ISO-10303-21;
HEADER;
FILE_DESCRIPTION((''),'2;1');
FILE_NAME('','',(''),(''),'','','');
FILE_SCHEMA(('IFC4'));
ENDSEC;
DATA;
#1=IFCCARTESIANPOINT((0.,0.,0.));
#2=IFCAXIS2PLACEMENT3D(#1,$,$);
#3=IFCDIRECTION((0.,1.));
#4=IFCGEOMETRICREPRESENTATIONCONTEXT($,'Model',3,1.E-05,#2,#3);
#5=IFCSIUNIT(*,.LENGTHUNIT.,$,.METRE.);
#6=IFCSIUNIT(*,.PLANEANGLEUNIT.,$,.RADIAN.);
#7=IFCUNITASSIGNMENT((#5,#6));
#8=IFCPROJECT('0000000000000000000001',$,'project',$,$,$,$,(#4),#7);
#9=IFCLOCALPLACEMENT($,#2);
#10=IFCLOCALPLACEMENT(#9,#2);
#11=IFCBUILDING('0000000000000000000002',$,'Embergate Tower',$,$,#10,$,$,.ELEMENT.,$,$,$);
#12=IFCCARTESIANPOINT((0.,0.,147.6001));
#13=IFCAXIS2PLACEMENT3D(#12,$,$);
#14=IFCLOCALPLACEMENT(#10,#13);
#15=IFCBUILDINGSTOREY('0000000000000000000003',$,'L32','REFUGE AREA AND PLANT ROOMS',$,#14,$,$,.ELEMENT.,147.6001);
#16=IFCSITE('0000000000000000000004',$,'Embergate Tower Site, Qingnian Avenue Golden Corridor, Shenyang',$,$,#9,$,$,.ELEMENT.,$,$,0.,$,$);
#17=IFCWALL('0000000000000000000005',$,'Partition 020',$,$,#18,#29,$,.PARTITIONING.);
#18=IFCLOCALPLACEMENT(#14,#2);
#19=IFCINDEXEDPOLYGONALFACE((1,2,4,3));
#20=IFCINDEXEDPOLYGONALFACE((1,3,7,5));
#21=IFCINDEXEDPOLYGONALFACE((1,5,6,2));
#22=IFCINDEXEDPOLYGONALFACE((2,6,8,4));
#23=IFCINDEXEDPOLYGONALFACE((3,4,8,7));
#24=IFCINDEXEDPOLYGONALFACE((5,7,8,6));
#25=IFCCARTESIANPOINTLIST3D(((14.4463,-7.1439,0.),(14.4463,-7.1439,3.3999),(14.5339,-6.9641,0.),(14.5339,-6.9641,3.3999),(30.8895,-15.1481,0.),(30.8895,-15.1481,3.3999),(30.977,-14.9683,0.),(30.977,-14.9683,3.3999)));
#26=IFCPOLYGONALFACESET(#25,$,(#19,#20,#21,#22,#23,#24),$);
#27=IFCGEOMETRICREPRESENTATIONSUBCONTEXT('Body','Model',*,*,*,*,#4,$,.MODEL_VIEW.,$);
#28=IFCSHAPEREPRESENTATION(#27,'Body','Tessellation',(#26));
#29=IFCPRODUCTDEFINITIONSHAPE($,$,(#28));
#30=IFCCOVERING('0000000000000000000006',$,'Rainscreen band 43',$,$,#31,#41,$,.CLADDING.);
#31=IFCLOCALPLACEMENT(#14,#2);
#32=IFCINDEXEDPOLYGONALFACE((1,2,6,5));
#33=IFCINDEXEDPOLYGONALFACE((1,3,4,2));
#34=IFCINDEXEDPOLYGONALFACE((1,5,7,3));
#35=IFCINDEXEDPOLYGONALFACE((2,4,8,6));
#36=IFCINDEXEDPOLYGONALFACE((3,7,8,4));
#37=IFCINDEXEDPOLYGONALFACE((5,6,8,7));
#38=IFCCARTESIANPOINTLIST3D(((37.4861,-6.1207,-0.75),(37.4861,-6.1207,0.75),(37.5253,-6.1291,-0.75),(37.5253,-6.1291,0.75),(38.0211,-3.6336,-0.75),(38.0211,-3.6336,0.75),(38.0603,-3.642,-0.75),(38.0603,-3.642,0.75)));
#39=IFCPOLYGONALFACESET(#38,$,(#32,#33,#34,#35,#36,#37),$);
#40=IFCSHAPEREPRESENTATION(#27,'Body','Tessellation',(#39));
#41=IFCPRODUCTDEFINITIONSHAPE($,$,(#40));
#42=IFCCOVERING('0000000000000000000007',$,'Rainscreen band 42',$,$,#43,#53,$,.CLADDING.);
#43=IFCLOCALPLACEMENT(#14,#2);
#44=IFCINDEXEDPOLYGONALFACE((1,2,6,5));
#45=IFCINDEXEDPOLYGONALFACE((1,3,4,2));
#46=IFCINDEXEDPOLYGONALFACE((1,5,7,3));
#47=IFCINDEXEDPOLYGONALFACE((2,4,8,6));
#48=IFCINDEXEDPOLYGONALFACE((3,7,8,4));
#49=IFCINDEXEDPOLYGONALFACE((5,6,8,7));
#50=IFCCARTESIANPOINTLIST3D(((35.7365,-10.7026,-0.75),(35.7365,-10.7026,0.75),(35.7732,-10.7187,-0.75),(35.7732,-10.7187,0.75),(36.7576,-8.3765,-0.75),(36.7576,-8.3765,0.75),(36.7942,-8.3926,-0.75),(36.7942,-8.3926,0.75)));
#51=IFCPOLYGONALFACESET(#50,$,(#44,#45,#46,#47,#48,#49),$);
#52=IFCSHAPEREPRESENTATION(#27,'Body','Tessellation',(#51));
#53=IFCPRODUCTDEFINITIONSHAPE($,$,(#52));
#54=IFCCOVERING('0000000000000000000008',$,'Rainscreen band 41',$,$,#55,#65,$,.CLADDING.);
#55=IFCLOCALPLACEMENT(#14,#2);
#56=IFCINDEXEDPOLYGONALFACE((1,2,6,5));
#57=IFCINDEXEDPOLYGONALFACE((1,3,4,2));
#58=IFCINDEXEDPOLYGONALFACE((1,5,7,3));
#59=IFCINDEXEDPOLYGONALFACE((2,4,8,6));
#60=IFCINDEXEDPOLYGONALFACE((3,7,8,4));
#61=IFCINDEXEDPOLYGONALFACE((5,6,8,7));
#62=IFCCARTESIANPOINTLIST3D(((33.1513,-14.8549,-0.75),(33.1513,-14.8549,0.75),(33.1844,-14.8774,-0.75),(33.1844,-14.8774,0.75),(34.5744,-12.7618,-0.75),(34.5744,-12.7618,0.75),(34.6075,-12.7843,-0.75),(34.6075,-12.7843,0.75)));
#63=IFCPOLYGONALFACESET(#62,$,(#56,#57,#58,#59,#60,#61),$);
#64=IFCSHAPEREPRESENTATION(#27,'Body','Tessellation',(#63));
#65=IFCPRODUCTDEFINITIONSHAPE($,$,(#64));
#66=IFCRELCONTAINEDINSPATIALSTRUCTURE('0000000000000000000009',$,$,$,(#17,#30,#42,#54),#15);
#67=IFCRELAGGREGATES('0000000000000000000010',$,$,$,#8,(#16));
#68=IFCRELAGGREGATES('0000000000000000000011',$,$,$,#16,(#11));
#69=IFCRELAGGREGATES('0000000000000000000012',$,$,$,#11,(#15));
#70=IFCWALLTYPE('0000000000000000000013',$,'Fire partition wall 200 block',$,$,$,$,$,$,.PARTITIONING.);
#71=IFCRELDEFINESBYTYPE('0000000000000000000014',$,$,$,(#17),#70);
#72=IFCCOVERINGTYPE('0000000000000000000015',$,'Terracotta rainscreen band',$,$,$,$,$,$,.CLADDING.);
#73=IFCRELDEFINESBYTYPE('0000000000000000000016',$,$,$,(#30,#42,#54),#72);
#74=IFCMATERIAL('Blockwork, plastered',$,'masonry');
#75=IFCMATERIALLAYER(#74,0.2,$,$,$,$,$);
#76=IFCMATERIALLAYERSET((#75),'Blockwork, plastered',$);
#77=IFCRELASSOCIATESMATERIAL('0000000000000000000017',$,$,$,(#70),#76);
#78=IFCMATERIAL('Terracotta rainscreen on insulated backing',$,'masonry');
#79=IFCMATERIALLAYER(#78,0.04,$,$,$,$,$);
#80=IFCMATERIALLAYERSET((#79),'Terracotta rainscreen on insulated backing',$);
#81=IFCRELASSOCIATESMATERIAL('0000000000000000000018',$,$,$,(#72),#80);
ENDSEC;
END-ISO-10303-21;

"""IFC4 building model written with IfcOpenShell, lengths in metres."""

from ifc_helpers import new_model, si_unit, direction, frame, frame_2d, origin, origin_2d, place, context, subcontext, project, spatial, rectangle, extrude, source, transform, mapped, material, layer, layer_set, type_object, element, save


model = new_model("IFC4")

# Units and contexts
model_context = context("Model", 3, precision=1e-05, world=origin(), true_north=direction((0.0, 1.0)))
body_context = subcontext(model_context, "Body", "Model", "MODEL_VIEW")
ifc_project = project(units=[si_unit("LENGTHUNIT", "METRE"), si_unit("PLANEANGLEUNIT", "RADIAN")], contexts=[model_context])

# Site, building, storey
site_placement = place(None, origin())
site = spatial("IfcSite", under=ifc_project, at=site_placement, Name="Embergate Tower Site, Qingnian Avenue Golden Corridor, Shenyang", CompositionType="ELEMENT", RefElevation=0.0)
building_placement = place(site_placement, origin())
building = spatial("IfcBuilding", under=site, at=building_placement, Name="Embergate Tower", CompositionType="ELEMENT")
storey_placement = place(building_placement, frame((0.0, 0.0, 147.6001)))
storey = spatial("IfcBuildingStorey", under=building, at=storey_placement, Name="L32", Description="REFUGE AREA AND PLANT ROOMS", CompositionType="ELEMENT", Elevation=147.6001)

# Shared definitions
ifc_material_1 = material(Name="Blockwork, plastered", Category="masonry")
ifc_layer_1 = layer(ifc_material_1, 0.2)
ifc_layer_set_1 = layer_set([ifc_layer_1], Name="Blockwork, plastered")
wall_type_1 = type_object("IfcWallType", Name="Fire partition wall 200 block", PredefinedType="PARTITIONING", material=ifc_layer_set_1)

# Wall
shared_shape_1 = source(origin(), body_context, "Body", "SweptSolid", [
    extrude(rectangle(XDim=18.2878, YDim=0.2, at=frame_2d((9.144, 0.0))), origin(), (0.0, 0.0, 1.0), 3.3999),
])
wall_1_placement = place(storey_placement, frame((14.49, -7.054, 0.0), z_axis=(0.0, 0.0, 1.0), x_axis=(0.899132, -0.437678, 0.0)))
element("IfcWall", 1, at=wall_1_placement, inside=storey, type_object=wall_type_1, Name="Partition 020", PredefinedType="PARTITIONING", context=body_context, shape_type="MappedRepresentation", body=[
    mapped(shared_shape_1, transform((0.0, 0.0, 0.0))),
])

# Coverings
ifc_material_2 = material(Name="Terracotta rainscreen on insulated backing", Category="masonry")
ifc_layer_2 = layer(ifc_material_2, 0.04)
ifc_layer_set_2 = layer_set([ifc_layer_2], Name="Terracotta rainscreen on insulated backing")
covering_type = type_object("IfcCoveringType", Name="Terracotta rainscreen band", PredefinedType="CLADDING", material=ifc_layer_set_2)
shared_shape_2 = source(origin(), body_context, "Body", "SweptSolid", [
    extrude(rectangle(XDim=2.5439, YDim=0.04, at=origin_2d()), origin(), (0.0, 0.0, 1.0), 1.5),
])
covering_1_placement = place(storey_placement, frame((37.7732, -4.8813, -0.75), z_axis=(0.0, 0.0, 1.0), x_axis=(0.210308, 0.977635, 0.0)))
element("IfcCovering", 2, at=covering_1_placement, inside=storey, type_object=covering_type, Name="Rainscreen band 43", PredefinedType="CLADDING", context=body_context, shape_type="MappedRepresentation", body=[
    mapped(shared_shape_2, transform((0.0, 0.0, 0.0))),
])
shared_shape_3 = source(origin(), body_context, "Body", "SweptSolid", [
    extrude(rectangle(XDim=2.5403, YDim=0.04, at=origin_2d()), origin(), (0.0, 0.0, 1.0), 1.5),
])
covering_2_placement = place(storey_placement, frame((36.2654, -9.5476, -0.75), z_axis=(0.0, 0.0, 1.0), x_axis=(0.401933, 0.915669, 0.0)))
element("IfcCovering", 3, at=covering_2_placement, inside=storey, type_object=covering_type, Name="Rainscreen band 42", PredefinedType="CLADDING", context=body_context, shape_type="MappedRepresentation", body=[
    mapped(shared_shape_3, transform((0.0, 0.0, 0.0))),
])
shared_shape_4 = source(origin(), body_context, "Body", "SweptSolid", [
    extrude(rectangle(XDim=2.531, YDim=0.04, at=origin_2d()), origin(), (0.0, 0.0, 1.0), 1.5),
])
covering_3_placement = place(storey_placement, frame((33.8794, -13.8196, -0.75), z_axis=(0.0, 0.0, 1.0), x_axis=(0.562245, 0.826971, 0.0)))
element("IfcCovering", 4, at=covering_3_placement, inside=storey, type_object=covering_type, Name="Rainscreen band 41", PredefinedType="CLADDING", context=body_context, shape_type="MappedRepresentation", body=[
    mapped(shared_shape_4, transform((0.0, 0.0, 0.0))),
])

save(model, "model.ifc")
